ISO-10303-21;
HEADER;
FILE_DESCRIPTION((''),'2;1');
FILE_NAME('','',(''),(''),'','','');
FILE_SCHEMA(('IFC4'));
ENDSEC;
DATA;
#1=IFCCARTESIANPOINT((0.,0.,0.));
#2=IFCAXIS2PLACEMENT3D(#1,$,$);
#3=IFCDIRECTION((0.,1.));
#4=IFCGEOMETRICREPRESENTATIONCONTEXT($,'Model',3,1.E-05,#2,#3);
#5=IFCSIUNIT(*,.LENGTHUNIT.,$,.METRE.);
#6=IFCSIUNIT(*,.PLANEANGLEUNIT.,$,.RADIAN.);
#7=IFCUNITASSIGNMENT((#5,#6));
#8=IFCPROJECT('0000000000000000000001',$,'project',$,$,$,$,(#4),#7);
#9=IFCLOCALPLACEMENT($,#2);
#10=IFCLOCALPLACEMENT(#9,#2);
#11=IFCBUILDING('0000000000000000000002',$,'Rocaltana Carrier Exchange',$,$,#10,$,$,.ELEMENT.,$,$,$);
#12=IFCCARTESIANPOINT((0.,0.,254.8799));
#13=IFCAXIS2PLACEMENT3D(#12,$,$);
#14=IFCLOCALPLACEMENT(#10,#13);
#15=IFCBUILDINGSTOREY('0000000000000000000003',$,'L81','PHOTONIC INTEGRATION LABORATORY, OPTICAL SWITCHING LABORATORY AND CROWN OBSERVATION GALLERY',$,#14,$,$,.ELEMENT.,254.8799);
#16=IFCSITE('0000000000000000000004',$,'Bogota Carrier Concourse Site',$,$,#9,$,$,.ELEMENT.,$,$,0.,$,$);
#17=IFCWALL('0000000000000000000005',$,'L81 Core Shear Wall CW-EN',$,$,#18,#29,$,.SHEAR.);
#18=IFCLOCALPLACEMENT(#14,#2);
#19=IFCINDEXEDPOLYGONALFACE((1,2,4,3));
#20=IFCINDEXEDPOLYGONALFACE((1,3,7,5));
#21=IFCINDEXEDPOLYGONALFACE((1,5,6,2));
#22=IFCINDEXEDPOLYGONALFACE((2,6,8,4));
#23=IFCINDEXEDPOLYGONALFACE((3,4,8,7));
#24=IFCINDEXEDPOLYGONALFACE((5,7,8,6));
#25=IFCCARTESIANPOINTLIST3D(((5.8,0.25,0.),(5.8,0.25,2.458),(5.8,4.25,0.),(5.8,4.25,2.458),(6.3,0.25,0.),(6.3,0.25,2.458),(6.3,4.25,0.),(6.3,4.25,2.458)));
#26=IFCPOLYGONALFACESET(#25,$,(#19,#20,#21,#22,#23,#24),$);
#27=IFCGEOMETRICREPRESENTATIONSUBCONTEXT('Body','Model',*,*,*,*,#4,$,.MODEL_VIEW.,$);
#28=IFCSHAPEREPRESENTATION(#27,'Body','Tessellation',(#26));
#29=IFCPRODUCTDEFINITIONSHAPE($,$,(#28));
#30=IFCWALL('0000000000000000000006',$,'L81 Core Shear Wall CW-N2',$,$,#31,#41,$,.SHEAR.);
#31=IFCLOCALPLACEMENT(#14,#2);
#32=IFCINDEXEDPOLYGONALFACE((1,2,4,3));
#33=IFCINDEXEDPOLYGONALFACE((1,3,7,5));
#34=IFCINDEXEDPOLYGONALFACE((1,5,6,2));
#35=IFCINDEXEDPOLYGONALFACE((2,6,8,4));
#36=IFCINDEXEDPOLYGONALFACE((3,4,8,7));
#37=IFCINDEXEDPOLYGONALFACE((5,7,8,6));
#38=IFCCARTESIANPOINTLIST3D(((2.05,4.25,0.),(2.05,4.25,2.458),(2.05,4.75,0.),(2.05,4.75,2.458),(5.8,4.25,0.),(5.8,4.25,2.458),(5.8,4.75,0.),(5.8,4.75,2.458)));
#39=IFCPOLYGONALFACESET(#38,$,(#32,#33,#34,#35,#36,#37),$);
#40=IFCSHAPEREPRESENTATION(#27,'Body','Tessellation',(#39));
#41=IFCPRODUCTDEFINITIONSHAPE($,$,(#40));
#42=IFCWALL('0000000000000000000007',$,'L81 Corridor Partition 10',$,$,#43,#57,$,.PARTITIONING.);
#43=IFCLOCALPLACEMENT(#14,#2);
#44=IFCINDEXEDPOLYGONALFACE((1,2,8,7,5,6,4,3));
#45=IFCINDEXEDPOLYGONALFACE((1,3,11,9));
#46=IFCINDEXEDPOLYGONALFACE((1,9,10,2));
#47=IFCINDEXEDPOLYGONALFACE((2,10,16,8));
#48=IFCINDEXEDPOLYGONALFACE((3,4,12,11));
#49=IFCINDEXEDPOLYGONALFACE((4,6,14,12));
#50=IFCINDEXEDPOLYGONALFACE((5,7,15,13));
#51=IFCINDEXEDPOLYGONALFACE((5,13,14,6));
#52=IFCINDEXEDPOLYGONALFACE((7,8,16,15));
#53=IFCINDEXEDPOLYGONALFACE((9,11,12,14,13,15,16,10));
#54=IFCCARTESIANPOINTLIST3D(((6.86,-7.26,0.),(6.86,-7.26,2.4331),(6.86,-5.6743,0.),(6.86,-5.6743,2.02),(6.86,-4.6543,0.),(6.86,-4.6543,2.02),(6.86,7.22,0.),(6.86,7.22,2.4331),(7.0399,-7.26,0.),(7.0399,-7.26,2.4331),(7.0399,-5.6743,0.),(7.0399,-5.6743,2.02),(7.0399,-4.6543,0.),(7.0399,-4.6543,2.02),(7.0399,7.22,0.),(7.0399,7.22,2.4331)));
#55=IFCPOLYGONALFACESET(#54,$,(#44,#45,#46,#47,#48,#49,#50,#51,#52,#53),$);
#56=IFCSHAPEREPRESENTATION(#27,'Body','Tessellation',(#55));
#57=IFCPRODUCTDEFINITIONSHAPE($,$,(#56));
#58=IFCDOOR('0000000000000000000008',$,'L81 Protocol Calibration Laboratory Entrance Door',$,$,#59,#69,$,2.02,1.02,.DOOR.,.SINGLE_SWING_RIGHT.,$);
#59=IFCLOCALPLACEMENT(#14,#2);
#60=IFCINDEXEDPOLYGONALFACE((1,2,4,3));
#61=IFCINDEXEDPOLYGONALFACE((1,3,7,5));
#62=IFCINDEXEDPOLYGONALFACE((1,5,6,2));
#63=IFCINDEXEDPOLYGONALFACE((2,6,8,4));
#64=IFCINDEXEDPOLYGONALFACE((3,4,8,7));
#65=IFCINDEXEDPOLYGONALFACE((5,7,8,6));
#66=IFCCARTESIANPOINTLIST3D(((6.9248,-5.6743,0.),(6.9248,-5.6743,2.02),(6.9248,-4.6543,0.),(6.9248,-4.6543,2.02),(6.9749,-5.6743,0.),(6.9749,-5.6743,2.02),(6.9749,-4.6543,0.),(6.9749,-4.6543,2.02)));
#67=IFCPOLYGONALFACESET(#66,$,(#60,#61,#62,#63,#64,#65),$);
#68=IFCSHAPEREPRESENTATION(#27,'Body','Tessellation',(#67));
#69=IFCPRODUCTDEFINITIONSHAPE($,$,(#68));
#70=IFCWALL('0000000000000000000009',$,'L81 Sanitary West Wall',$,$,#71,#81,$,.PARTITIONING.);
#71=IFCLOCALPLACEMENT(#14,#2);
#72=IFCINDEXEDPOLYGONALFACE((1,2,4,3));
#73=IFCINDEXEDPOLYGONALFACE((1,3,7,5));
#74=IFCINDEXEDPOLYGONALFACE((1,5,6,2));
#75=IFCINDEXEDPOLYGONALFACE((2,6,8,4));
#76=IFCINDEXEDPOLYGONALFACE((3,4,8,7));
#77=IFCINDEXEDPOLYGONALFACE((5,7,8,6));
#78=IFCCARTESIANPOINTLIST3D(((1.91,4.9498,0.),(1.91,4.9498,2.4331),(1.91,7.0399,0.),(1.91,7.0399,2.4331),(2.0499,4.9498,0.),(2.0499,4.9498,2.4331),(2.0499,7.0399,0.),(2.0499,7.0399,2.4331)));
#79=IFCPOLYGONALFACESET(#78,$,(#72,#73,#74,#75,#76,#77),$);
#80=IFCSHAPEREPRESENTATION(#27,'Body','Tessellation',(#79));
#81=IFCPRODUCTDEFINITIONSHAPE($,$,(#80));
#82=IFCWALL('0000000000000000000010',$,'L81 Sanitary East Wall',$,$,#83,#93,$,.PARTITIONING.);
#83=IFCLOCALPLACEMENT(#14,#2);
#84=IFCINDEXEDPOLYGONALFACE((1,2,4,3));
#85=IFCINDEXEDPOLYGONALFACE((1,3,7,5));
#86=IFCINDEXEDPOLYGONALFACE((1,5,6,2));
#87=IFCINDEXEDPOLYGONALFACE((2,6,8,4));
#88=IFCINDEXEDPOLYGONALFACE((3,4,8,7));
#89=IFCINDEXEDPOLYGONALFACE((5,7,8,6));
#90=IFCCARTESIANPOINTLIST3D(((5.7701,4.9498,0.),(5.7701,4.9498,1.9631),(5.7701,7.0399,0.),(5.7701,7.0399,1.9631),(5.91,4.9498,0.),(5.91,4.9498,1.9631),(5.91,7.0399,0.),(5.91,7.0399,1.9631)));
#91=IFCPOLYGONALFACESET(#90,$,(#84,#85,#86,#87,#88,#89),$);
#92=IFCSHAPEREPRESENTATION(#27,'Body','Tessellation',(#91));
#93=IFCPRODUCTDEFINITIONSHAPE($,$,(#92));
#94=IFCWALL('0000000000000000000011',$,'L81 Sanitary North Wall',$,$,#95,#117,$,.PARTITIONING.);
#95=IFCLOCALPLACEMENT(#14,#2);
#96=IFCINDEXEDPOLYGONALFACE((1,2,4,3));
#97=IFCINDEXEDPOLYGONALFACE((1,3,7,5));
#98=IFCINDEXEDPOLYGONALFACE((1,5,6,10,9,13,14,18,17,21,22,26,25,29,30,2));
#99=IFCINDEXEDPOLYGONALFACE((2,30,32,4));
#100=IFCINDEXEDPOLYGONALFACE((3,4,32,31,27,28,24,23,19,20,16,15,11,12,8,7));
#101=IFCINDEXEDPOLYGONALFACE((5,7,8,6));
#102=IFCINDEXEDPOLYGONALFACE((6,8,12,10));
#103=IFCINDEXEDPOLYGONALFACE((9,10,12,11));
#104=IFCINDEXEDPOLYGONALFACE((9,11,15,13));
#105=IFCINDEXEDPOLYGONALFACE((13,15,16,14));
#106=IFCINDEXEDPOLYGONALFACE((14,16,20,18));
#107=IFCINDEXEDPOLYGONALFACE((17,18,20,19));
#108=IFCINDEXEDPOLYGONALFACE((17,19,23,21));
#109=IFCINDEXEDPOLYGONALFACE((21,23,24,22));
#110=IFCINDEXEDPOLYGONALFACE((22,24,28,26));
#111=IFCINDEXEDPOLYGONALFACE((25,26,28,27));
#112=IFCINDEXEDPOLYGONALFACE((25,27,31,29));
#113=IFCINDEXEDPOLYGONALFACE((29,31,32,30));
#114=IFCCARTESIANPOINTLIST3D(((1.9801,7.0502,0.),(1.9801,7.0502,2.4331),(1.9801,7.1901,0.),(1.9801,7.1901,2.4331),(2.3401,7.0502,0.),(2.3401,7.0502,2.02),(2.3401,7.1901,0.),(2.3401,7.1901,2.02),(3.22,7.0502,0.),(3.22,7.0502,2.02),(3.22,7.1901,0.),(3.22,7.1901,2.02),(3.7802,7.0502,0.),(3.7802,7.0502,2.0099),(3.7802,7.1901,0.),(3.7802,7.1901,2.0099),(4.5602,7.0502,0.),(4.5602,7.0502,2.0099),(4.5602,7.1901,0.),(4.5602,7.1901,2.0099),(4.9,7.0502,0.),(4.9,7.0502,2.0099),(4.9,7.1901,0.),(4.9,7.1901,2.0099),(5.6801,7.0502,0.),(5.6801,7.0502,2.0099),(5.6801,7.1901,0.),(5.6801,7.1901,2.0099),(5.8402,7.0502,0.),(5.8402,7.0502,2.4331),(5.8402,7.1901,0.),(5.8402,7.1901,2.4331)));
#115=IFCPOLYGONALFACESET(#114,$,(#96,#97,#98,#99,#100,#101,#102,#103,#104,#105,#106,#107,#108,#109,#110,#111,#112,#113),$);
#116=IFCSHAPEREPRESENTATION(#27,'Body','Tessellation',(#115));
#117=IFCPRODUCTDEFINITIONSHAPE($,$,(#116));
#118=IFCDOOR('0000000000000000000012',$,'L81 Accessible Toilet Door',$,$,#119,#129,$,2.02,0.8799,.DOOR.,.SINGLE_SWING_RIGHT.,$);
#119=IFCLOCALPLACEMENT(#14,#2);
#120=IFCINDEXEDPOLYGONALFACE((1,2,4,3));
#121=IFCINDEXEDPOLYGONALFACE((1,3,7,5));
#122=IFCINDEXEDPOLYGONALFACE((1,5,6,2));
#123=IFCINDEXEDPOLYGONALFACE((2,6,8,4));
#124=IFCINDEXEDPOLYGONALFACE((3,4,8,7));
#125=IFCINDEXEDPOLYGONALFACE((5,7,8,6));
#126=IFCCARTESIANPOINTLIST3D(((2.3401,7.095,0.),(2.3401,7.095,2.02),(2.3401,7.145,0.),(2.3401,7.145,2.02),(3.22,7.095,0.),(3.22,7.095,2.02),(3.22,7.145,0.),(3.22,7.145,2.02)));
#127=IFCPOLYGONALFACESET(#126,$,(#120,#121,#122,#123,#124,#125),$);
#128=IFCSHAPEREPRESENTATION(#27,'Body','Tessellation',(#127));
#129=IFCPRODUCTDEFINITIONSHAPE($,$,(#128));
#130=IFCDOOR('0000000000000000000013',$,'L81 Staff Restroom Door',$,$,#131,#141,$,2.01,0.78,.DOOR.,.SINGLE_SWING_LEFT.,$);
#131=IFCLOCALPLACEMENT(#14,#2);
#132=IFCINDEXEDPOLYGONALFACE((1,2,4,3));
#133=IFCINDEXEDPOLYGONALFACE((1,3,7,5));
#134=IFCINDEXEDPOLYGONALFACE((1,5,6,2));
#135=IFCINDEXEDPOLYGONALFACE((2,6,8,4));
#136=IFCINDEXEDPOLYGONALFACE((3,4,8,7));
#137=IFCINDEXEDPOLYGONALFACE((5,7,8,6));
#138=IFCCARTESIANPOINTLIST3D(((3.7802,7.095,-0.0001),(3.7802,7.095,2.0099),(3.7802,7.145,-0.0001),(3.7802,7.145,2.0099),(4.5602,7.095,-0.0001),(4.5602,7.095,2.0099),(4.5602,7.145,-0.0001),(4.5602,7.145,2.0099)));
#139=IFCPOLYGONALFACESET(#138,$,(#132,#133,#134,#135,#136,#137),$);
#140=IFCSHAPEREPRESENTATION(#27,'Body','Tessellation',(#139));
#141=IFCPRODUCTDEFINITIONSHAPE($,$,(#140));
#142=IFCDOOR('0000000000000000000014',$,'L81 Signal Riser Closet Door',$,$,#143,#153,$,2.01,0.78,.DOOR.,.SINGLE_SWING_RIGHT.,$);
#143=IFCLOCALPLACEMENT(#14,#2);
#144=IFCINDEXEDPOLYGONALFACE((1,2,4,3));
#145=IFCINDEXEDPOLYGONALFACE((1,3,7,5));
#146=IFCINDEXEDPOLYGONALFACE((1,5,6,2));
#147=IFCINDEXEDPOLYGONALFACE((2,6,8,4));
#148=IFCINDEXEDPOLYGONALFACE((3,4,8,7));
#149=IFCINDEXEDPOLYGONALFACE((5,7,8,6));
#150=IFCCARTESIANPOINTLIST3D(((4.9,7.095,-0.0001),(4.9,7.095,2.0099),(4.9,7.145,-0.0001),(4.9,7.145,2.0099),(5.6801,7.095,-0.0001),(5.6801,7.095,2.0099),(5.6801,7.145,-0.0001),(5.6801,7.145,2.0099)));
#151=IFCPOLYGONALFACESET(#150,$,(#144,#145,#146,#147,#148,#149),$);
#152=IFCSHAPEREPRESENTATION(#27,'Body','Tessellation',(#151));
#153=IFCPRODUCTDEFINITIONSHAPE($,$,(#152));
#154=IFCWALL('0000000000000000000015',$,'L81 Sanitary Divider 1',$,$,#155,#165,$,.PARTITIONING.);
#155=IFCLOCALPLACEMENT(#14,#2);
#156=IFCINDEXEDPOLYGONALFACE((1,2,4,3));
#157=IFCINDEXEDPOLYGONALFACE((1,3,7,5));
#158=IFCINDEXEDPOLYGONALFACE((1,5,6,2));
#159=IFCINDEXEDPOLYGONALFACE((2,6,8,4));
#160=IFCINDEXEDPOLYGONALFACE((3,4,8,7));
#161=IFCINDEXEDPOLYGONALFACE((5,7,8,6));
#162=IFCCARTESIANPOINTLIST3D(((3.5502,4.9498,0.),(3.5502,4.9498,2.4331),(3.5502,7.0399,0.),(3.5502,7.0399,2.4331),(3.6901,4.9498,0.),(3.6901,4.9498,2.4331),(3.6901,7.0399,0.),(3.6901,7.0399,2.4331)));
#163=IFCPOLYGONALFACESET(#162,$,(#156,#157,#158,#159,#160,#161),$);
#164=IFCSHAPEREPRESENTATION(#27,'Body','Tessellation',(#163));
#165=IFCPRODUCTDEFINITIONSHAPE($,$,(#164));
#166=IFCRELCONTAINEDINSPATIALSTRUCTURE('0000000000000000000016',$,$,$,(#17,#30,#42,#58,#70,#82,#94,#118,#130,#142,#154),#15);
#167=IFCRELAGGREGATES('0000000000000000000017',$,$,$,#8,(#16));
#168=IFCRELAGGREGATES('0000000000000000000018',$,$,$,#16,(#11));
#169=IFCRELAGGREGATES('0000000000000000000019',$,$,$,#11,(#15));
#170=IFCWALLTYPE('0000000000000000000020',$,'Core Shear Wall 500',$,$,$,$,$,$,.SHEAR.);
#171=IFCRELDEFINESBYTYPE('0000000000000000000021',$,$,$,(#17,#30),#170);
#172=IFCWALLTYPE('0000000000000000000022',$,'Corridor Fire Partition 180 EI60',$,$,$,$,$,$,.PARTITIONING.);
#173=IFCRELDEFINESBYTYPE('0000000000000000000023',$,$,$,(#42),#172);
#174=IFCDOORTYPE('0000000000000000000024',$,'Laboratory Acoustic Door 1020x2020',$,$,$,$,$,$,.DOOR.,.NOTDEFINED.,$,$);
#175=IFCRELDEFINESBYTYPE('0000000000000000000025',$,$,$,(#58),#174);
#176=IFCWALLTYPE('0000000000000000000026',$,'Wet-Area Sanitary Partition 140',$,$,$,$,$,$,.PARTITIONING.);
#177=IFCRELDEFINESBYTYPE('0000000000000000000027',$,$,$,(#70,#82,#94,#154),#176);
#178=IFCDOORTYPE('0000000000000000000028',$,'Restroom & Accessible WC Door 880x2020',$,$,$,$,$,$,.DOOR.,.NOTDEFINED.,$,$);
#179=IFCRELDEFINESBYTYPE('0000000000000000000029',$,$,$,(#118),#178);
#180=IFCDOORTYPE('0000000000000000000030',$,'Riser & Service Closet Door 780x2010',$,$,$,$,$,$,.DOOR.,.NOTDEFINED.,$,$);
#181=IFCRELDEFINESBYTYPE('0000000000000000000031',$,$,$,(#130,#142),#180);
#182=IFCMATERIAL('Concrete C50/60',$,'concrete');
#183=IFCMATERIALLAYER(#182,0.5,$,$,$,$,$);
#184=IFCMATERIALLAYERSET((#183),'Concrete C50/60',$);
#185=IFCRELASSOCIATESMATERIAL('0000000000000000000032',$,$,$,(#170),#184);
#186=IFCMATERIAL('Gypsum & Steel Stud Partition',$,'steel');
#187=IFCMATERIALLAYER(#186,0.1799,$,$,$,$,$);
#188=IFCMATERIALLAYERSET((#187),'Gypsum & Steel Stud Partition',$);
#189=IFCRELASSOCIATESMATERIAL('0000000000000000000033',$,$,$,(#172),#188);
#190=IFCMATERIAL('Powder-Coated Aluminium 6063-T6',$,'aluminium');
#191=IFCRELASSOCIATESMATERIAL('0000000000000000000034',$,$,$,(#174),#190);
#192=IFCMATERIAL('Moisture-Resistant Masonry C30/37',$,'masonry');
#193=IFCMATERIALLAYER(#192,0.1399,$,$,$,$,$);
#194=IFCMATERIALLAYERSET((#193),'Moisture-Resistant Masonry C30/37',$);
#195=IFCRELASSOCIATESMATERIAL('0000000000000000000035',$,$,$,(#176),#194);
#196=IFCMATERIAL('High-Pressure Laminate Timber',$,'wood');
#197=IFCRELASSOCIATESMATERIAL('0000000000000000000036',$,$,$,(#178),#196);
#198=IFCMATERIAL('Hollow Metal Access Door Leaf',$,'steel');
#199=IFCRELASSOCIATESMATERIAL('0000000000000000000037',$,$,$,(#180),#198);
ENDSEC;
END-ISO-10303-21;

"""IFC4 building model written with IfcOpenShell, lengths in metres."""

from ifc_helpers import new_model, si_unit, direction, frame, frame_2d, origin, place, context, subcontext, project, spatial, rectangle, extrude, material, layer, layer_set, type_object, element, fill, save


model = new_model("IFC4")

# Units and contexts
model_context = context("Model", 3, precision=1e-05, world=origin(), true_north=direction((0.0, 1.0)))
body_context = subcontext(model_context, "Body", "Model", "MODEL_VIEW")
ifc_project = project(units=[si_unit("LENGTHUNIT", "METRE"), si_unit("PLANEANGLEUNIT", "RADIAN")], contexts=[model_context])

# Site, building, storey
site_placement = place(None, origin())
site = spatial("IfcSite", under=ifc_project, at=site_placement, Name="Bogota Carrier Concourse Site", CompositionType="ELEMENT", RefElevation=0.0)
building_placement = place(site_placement, origin())
building = spatial("IfcBuilding", under=site, at=building_placement, Name="Rocaltana Carrier Exchange", CompositionType="ELEMENT")
storey_placement = place(building_placement, frame((0.0, 0.0, 254.8799)))
storey = spatial("IfcBuildingStorey", under=building, at=storey_placement, Name="L81", Description="PHOTONIC INTEGRATION LABORATORY, OPTICAL SWITCHING LABORATORY AND CROWN OBSERVATION GALLERY", CompositionType="ELEMENT", Elevation=254.8799)

# Walls
ifc_material_1 = material(Name="Concrete C50/60", Category="concrete")
ifc_layer_1 = layer(ifc_material_1, 0.5)
ifc_layer_set_1 = layer_set([ifc_layer_1], Name="Concrete C50/60")
wall_type_1 = type_object("IfcWallType", Name="Core Shear Wall 500", PredefinedType="SHEAR", material=ifc_layer_set_1)
wall_1_placement = place(storey_placement, frame((6.05, 0.25, 0.0), z_axis=(0.0, 0.0, 1.0), x_axis=(0.0, 1.0, 0.0)))
element("IfcWall", 1, at=wall_1_placement, inside=storey, type_object=wall_type_1, Name="L81 Core Shear Wall CW-EN", PredefinedType="SHEAR", context=body_context, shape_type="SweptSolid", body=[
    extrude(rectangle(XDim=4.0, YDim=0.5, at=frame_2d((2.0, 0.0))), origin(), (0.0, 0.0, 1.0), 2.458),
])
wall_2_placement = place(storey_placement, frame((2.05, 4.5, 0.0), z_axis=(0.0, 0.0, 1.0), x_axis=(1.0, 0.0, 0.0)))
element("IfcWall", 2, at=wall_2_placement, inside=storey, type_object=wall_type_1, Name="L81 Core Shear Wall CW-N2", PredefinedType="SHEAR", context=body_context, shape_type="SweptSolid", body=[
    extrude(rectangle(XDim=3.75, YDim=0.5, at=frame_2d((1.875, 0.0))), origin(), (0.0, 0.0, 1.0), 2.458),
])

# Wall, opening, door
ifc_material_2 = material(Name="Gypsum & Steel Stud Partition", Category="steel")
ifc_layer_2 = layer(ifc_material_2, 0.1799)
ifc_layer_set_2 = layer_set([ifc_layer_2], Name="Gypsum & Steel Stud Partition")
wall_type_2 = type_object("IfcWallType", Name="Corridor Fire Partition 180 EI60", PredefinedType="PARTITIONING", material=ifc_layer_set_2)
wall_3_placement = place(storey_placement, frame((6.95, 7.22, 0.0), z_axis=(0.0, 0.0, 1.0), x_axis=(0.0, -1.0, 0.0)))
wall_3 = element("IfcWall", 3, at=wall_3_placement, inside=storey, type_object=wall_type_2, Name="L81 Corridor Partition 10", PredefinedType="PARTITIONING", context=body_context, shape_type="SweptSolid", body=[
    extrude(rectangle(XDim=14.48, YDim=0.1799, at=frame_2d((7.24, 0.0))), origin(), (0.0, 0.0, 1.0), 2.4331),
])
opening_1_placement = place(wall_3_placement, frame((11.8743, 0.0, 0.0)))
opening_1 = element("IfcOpeningElement", 4, at=opening_1_placement, cuts=wall_3, PredefinedType="OPENING", context=body_context, shape_type="SweptSolid", body=[
    extrude(rectangle(XDim=1.02, YDim=2.02, at=frame_2d((0.51, 1.01))), frame((0.0, 0.0999, 0.0), z_axis=(0.0, -1.0, 0.0), x_axis=(1.0, 0.0, 0.0)), (0.0, 0.0, 1.0), 0.2),
])
ifc_material_3 = material(Name="Powder-Coated Aluminium 6063-T6", Category="aluminium")
door_type_1 = type_object("IfcDoorType", Name="Laboratory Acoustic Door 1020x2020", OperationType="NOTDEFINED", PredefinedType="DOOR", material=ifc_material_3)
door_1_placement = place(opening_1_placement, origin())
door_1 = element("IfcDoor", 5, at=door_1_placement, inside=storey, type_object=door_type_1, Name="L81 Protocol Calibration Laboratory Entrance Door", OperationType="SINGLE_SWING_RIGHT", OverallHeight=2.02, OverallWidth=1.02, PredefinedType="DOOR", context=body_context, shape_type="SweptSolid", body=[
    extrude(rectangle(XDim=1.02, YDim=2.02, at=frame_2d((0.51, 1.01))), frame((0.0, 0.0249, 0.0), z_axis=(0.0, -1.0, 0.0), x_axis=(1.0, 0.0, 0.0)), (0.0, 0.0, 1.0), 0.05),
])
fill(opening_1, door_1)

# Walls
ifc_material_4 = material(Name="Moisture-Resistant Masonry C30/37", Category="masonry")
ifc_layer_3 = layer(ifc_material_4, 0.1399)
ifc_layer_set_3 = layer_set([ifc_layer_3], Name="Moisture-Resistant Masonry C30/37")
wall_type_3 = type_object("IfcWallType", Name="Wet-Area Sanitary Partition 140", PredefinedType="PARTITIONING", material=ifc_layer_set_3)
wall_4_placement = place(storey_placement, frame((1.98, 4.95, 0.0), z_axis=(0.0, 0.0, 1.0), x_axis=(0.0, 1.0, 0.0)))
element("IfcWall", 6, at=wall_4_placement, inside=storey, type_object=wall_type_3, Name="L81 Sanitary West Wall", PredefinedType="PARTITIONING", context=body_context, shape_type="SweptSolid", body=[
    extrude(rectangle(XDim=2.0901, YDim=0.1399, at=frame_2d((1.0449, 0.0))), origin(), (0.0, 0.0, 1.0), 2.4331),
])
wall_5_placement = place(storey_placement, frame((5.8401, 4.95, 0.0), z_axis=(0.0, 0.0, 1.0), x_axis=(0.0, 1.0, 0.0)))
element("IfcWall", 7, at=wall_5_placement, inside=storey, type_object=wall_type_3, Name="L81 Sanitary East Wall", PredefinedType="PARTITIONING", context=body_context, shape_type="SweptSolid", body=[
    extrude(rectangle(XDim=2.0901, YDim=0.1399, at=frame_2d((1.0449, 0.0))), origin(), (0.0, 0.0, 1.0), 1.9631),
])

# Wall, openings, doors
wall_6_placement = place(storey_placement, frame((1.98, 7.1201, 0.0), z_axis=(0.0, 0.0, 1.0), x_axis=(1.0, 0.0, 0.0)))
wall_6 = element("IfcWall", 8, at=wall_6_placement, inside=storey, type_object=wall_type_3, Name="L81 Sanitary North Wall", PredefinedType="PARTITIONING", context=body_context, shape_type="SweptSolid", body=[
    extrude(rectangle(XDim=3.8601, YDim=0.1399, at=frame_2d((1.9302, 0.0))), origin(), (0.0, 0.0, 1.0), 2.4331),
])
opening_2_placement = place(wall_6_placement, frame((0.3601, 0.0, 0.0)))
opening_2 = element("IfcOpeningElement", 9, at=opening_2_placement, cuts=wall_6, PredefinedType="OPENING", context=body_context, shape_type="SweptSolid", body=[
    extrude(rectangle(XDim=0.8799, YDim=2.02, at=frame_2d((0.4399, 1.01))), frame((0.0, 0.0798, 0.0), z_axis=(0.0, -1.0, 0.0), x_axis=(1.0, 0.0, 0.0)), (0.0, 0.0, 1.0), 0.1599),
])
opening_3_placement = place(wall_6_placement, frame((1.8, 0.0, 0.0)))
opening_3 = element("IfcOpeningElement", 10, at=opening_3_placement, cuts=wall_6, PredefinedType="OPENING", context=body_context, shape_type="SweptSolid", body=[
    extrude(rectangle(XDim=0.78, YDim=2.01, at=frame_2d((0.3901, 1.0049))), frame((0.0, 0.0798, 0.0), z_axis=(0.0, -1.0, 0.0), x_axis=(1.0, 0.0, 0.0)), (0.0, 0.0, 1.0), 0.1599),
])
opening_4_placement = place(wall_6_placement, frame((2.9199, 0.0, 0.0)))
opening_4 = element("IfcOpeningElement", 11, at=opening_4_placement, cuts=wall_6, PredefinedType="OPENING", context=body_context, shape_type="SweptSolid", body=[
    extrude(rectangle(XDim=0.78, YDim=2.01, at=frame_2d((0.3901, 1.0049))), frame((0.0, 0.0798, 0.0), z_axis=(0.0, -1.0, 0.0), x_axis=(1.0, 0.0, 0.0)), (0.0, 0.0, 1.0), 0.1599),
])
ifc_material_5 = material(Name="High-Pressure Laminate Timber", Category="wood")
door_type_2 = type_object("IfcDoorType", Name="Restroom & Accessible WC Door 880x2020", OperationType="NOTDEFINED", PredefinedType="DOOR", material=ifc_material_5)
door_2_placement = place(opening_2_placement, origin())
door_2 = element("IfcDoor", 12, at=door_2_placement, inside=storey, type_object=door_type_2, Name="L81 Accessible Toilet Door", OperationType="SINGLE_SWING_RIGHT", OverallHeight=2.02, OverallWidth=0.8799, PredefinedType="DOOR", context=body_context, shape_type="SweptSolid", body=[
    extrude(rectangle(XDim=0.8799, YDim=2.02, at=frame_2d((0.4399, 1.01))), frame((0.0, 0.0249, 0.0), z_axis=(0.0, -1.0, 0.0), x_axis=(1.0, 0.0, 0.0)), (0.0, 0.0, 1.0), 0.05),
])
fill(opening_2, door_2)
ifc_material_6 = material(Name="Hollow Metal Access Door Leaf", Category="steel")
door_type_3 = type_object("IfcDoorType", Name="Riser & Service Closet Door 780x2010", OperationType="NOTDEFINED", PredefinedType="DOOR", material=ifc_material_6)
door_3_placement = place(opening_3_placement, origin())
door_3 = element("IfcDoor", 13, at=door_3_placement, inside=storey, type_object=door_type_3, Name="L81 Staff Restroom Door", OperationType="SINGLE_SWING_LEFT", OverallHeight=2.01, OverallWidth=0.78, PredefinedType="DOOR", context=body_context, shape_type="SweptSolid", body=[
    extrude(rectangle(XDim=0.78, YDim=2.01, at=frame_2d((0.3901, 1.0049))), frame((0.0, 0.0249, 0.0), z_axis=(0.0, -1.0, 0.0), x_axis=(1.0, 0.0, 0.0)), (0.0, 0.0, 1.0), 0.05),
])
fill(opening_3, door_3)
door_4_placement = place(opening_4_placement, origin())
door_4 = element("IfcDoor", 14, at=door_4_placement, inside=storey, type_object=door_type_3, Name="L81 Signal Riser Closet Door", OperationType="SINGLE_SWING_RIGHT", OverallHeight=2.01, OverallWidth=0.78, PredefinedType="DOOR", context=body_context, shape_type="SweptSolid", body=[
    extrude(rectangle(XDim=0.78, YDim=2.01, at=frame_2d((0.3901, 1.0049))), frame((0.0, 0.0249, 0.0), z_axis=(0.0, -1.0, 0.0), x_axis=(1.0, 0.0, 0.0)), (0.0, 0.0, 1.0), 0.05),
])
fill(opening_4, door_4)

# Wall
for number, where, z_axis, x_axis, name in (
    (15, (3.6201, 4.95, 0.0), (0.0, 0.0, 1.0), (0.0, 1.0, 0.0), "L81 Sanitary Divider 1"),
):
    element("IfcWall", number, at=place(storey_placement, frame(where, z_axis=z_axis, x_axis=x_axis)), inside=storey, type_object=wall_type_3, Name=name, PredefinedType="PARTITIONING", context=body_context, shape_type="SweptSolid", body=[
        extrude(rectangle(XDim=2.0901, YDim=0.1399, at=frame_2d((1.0449, 0.0))), origin(), (0.0, 0.0, 1.0), 2.4331),
    ])

save(model, "model.ifc")
